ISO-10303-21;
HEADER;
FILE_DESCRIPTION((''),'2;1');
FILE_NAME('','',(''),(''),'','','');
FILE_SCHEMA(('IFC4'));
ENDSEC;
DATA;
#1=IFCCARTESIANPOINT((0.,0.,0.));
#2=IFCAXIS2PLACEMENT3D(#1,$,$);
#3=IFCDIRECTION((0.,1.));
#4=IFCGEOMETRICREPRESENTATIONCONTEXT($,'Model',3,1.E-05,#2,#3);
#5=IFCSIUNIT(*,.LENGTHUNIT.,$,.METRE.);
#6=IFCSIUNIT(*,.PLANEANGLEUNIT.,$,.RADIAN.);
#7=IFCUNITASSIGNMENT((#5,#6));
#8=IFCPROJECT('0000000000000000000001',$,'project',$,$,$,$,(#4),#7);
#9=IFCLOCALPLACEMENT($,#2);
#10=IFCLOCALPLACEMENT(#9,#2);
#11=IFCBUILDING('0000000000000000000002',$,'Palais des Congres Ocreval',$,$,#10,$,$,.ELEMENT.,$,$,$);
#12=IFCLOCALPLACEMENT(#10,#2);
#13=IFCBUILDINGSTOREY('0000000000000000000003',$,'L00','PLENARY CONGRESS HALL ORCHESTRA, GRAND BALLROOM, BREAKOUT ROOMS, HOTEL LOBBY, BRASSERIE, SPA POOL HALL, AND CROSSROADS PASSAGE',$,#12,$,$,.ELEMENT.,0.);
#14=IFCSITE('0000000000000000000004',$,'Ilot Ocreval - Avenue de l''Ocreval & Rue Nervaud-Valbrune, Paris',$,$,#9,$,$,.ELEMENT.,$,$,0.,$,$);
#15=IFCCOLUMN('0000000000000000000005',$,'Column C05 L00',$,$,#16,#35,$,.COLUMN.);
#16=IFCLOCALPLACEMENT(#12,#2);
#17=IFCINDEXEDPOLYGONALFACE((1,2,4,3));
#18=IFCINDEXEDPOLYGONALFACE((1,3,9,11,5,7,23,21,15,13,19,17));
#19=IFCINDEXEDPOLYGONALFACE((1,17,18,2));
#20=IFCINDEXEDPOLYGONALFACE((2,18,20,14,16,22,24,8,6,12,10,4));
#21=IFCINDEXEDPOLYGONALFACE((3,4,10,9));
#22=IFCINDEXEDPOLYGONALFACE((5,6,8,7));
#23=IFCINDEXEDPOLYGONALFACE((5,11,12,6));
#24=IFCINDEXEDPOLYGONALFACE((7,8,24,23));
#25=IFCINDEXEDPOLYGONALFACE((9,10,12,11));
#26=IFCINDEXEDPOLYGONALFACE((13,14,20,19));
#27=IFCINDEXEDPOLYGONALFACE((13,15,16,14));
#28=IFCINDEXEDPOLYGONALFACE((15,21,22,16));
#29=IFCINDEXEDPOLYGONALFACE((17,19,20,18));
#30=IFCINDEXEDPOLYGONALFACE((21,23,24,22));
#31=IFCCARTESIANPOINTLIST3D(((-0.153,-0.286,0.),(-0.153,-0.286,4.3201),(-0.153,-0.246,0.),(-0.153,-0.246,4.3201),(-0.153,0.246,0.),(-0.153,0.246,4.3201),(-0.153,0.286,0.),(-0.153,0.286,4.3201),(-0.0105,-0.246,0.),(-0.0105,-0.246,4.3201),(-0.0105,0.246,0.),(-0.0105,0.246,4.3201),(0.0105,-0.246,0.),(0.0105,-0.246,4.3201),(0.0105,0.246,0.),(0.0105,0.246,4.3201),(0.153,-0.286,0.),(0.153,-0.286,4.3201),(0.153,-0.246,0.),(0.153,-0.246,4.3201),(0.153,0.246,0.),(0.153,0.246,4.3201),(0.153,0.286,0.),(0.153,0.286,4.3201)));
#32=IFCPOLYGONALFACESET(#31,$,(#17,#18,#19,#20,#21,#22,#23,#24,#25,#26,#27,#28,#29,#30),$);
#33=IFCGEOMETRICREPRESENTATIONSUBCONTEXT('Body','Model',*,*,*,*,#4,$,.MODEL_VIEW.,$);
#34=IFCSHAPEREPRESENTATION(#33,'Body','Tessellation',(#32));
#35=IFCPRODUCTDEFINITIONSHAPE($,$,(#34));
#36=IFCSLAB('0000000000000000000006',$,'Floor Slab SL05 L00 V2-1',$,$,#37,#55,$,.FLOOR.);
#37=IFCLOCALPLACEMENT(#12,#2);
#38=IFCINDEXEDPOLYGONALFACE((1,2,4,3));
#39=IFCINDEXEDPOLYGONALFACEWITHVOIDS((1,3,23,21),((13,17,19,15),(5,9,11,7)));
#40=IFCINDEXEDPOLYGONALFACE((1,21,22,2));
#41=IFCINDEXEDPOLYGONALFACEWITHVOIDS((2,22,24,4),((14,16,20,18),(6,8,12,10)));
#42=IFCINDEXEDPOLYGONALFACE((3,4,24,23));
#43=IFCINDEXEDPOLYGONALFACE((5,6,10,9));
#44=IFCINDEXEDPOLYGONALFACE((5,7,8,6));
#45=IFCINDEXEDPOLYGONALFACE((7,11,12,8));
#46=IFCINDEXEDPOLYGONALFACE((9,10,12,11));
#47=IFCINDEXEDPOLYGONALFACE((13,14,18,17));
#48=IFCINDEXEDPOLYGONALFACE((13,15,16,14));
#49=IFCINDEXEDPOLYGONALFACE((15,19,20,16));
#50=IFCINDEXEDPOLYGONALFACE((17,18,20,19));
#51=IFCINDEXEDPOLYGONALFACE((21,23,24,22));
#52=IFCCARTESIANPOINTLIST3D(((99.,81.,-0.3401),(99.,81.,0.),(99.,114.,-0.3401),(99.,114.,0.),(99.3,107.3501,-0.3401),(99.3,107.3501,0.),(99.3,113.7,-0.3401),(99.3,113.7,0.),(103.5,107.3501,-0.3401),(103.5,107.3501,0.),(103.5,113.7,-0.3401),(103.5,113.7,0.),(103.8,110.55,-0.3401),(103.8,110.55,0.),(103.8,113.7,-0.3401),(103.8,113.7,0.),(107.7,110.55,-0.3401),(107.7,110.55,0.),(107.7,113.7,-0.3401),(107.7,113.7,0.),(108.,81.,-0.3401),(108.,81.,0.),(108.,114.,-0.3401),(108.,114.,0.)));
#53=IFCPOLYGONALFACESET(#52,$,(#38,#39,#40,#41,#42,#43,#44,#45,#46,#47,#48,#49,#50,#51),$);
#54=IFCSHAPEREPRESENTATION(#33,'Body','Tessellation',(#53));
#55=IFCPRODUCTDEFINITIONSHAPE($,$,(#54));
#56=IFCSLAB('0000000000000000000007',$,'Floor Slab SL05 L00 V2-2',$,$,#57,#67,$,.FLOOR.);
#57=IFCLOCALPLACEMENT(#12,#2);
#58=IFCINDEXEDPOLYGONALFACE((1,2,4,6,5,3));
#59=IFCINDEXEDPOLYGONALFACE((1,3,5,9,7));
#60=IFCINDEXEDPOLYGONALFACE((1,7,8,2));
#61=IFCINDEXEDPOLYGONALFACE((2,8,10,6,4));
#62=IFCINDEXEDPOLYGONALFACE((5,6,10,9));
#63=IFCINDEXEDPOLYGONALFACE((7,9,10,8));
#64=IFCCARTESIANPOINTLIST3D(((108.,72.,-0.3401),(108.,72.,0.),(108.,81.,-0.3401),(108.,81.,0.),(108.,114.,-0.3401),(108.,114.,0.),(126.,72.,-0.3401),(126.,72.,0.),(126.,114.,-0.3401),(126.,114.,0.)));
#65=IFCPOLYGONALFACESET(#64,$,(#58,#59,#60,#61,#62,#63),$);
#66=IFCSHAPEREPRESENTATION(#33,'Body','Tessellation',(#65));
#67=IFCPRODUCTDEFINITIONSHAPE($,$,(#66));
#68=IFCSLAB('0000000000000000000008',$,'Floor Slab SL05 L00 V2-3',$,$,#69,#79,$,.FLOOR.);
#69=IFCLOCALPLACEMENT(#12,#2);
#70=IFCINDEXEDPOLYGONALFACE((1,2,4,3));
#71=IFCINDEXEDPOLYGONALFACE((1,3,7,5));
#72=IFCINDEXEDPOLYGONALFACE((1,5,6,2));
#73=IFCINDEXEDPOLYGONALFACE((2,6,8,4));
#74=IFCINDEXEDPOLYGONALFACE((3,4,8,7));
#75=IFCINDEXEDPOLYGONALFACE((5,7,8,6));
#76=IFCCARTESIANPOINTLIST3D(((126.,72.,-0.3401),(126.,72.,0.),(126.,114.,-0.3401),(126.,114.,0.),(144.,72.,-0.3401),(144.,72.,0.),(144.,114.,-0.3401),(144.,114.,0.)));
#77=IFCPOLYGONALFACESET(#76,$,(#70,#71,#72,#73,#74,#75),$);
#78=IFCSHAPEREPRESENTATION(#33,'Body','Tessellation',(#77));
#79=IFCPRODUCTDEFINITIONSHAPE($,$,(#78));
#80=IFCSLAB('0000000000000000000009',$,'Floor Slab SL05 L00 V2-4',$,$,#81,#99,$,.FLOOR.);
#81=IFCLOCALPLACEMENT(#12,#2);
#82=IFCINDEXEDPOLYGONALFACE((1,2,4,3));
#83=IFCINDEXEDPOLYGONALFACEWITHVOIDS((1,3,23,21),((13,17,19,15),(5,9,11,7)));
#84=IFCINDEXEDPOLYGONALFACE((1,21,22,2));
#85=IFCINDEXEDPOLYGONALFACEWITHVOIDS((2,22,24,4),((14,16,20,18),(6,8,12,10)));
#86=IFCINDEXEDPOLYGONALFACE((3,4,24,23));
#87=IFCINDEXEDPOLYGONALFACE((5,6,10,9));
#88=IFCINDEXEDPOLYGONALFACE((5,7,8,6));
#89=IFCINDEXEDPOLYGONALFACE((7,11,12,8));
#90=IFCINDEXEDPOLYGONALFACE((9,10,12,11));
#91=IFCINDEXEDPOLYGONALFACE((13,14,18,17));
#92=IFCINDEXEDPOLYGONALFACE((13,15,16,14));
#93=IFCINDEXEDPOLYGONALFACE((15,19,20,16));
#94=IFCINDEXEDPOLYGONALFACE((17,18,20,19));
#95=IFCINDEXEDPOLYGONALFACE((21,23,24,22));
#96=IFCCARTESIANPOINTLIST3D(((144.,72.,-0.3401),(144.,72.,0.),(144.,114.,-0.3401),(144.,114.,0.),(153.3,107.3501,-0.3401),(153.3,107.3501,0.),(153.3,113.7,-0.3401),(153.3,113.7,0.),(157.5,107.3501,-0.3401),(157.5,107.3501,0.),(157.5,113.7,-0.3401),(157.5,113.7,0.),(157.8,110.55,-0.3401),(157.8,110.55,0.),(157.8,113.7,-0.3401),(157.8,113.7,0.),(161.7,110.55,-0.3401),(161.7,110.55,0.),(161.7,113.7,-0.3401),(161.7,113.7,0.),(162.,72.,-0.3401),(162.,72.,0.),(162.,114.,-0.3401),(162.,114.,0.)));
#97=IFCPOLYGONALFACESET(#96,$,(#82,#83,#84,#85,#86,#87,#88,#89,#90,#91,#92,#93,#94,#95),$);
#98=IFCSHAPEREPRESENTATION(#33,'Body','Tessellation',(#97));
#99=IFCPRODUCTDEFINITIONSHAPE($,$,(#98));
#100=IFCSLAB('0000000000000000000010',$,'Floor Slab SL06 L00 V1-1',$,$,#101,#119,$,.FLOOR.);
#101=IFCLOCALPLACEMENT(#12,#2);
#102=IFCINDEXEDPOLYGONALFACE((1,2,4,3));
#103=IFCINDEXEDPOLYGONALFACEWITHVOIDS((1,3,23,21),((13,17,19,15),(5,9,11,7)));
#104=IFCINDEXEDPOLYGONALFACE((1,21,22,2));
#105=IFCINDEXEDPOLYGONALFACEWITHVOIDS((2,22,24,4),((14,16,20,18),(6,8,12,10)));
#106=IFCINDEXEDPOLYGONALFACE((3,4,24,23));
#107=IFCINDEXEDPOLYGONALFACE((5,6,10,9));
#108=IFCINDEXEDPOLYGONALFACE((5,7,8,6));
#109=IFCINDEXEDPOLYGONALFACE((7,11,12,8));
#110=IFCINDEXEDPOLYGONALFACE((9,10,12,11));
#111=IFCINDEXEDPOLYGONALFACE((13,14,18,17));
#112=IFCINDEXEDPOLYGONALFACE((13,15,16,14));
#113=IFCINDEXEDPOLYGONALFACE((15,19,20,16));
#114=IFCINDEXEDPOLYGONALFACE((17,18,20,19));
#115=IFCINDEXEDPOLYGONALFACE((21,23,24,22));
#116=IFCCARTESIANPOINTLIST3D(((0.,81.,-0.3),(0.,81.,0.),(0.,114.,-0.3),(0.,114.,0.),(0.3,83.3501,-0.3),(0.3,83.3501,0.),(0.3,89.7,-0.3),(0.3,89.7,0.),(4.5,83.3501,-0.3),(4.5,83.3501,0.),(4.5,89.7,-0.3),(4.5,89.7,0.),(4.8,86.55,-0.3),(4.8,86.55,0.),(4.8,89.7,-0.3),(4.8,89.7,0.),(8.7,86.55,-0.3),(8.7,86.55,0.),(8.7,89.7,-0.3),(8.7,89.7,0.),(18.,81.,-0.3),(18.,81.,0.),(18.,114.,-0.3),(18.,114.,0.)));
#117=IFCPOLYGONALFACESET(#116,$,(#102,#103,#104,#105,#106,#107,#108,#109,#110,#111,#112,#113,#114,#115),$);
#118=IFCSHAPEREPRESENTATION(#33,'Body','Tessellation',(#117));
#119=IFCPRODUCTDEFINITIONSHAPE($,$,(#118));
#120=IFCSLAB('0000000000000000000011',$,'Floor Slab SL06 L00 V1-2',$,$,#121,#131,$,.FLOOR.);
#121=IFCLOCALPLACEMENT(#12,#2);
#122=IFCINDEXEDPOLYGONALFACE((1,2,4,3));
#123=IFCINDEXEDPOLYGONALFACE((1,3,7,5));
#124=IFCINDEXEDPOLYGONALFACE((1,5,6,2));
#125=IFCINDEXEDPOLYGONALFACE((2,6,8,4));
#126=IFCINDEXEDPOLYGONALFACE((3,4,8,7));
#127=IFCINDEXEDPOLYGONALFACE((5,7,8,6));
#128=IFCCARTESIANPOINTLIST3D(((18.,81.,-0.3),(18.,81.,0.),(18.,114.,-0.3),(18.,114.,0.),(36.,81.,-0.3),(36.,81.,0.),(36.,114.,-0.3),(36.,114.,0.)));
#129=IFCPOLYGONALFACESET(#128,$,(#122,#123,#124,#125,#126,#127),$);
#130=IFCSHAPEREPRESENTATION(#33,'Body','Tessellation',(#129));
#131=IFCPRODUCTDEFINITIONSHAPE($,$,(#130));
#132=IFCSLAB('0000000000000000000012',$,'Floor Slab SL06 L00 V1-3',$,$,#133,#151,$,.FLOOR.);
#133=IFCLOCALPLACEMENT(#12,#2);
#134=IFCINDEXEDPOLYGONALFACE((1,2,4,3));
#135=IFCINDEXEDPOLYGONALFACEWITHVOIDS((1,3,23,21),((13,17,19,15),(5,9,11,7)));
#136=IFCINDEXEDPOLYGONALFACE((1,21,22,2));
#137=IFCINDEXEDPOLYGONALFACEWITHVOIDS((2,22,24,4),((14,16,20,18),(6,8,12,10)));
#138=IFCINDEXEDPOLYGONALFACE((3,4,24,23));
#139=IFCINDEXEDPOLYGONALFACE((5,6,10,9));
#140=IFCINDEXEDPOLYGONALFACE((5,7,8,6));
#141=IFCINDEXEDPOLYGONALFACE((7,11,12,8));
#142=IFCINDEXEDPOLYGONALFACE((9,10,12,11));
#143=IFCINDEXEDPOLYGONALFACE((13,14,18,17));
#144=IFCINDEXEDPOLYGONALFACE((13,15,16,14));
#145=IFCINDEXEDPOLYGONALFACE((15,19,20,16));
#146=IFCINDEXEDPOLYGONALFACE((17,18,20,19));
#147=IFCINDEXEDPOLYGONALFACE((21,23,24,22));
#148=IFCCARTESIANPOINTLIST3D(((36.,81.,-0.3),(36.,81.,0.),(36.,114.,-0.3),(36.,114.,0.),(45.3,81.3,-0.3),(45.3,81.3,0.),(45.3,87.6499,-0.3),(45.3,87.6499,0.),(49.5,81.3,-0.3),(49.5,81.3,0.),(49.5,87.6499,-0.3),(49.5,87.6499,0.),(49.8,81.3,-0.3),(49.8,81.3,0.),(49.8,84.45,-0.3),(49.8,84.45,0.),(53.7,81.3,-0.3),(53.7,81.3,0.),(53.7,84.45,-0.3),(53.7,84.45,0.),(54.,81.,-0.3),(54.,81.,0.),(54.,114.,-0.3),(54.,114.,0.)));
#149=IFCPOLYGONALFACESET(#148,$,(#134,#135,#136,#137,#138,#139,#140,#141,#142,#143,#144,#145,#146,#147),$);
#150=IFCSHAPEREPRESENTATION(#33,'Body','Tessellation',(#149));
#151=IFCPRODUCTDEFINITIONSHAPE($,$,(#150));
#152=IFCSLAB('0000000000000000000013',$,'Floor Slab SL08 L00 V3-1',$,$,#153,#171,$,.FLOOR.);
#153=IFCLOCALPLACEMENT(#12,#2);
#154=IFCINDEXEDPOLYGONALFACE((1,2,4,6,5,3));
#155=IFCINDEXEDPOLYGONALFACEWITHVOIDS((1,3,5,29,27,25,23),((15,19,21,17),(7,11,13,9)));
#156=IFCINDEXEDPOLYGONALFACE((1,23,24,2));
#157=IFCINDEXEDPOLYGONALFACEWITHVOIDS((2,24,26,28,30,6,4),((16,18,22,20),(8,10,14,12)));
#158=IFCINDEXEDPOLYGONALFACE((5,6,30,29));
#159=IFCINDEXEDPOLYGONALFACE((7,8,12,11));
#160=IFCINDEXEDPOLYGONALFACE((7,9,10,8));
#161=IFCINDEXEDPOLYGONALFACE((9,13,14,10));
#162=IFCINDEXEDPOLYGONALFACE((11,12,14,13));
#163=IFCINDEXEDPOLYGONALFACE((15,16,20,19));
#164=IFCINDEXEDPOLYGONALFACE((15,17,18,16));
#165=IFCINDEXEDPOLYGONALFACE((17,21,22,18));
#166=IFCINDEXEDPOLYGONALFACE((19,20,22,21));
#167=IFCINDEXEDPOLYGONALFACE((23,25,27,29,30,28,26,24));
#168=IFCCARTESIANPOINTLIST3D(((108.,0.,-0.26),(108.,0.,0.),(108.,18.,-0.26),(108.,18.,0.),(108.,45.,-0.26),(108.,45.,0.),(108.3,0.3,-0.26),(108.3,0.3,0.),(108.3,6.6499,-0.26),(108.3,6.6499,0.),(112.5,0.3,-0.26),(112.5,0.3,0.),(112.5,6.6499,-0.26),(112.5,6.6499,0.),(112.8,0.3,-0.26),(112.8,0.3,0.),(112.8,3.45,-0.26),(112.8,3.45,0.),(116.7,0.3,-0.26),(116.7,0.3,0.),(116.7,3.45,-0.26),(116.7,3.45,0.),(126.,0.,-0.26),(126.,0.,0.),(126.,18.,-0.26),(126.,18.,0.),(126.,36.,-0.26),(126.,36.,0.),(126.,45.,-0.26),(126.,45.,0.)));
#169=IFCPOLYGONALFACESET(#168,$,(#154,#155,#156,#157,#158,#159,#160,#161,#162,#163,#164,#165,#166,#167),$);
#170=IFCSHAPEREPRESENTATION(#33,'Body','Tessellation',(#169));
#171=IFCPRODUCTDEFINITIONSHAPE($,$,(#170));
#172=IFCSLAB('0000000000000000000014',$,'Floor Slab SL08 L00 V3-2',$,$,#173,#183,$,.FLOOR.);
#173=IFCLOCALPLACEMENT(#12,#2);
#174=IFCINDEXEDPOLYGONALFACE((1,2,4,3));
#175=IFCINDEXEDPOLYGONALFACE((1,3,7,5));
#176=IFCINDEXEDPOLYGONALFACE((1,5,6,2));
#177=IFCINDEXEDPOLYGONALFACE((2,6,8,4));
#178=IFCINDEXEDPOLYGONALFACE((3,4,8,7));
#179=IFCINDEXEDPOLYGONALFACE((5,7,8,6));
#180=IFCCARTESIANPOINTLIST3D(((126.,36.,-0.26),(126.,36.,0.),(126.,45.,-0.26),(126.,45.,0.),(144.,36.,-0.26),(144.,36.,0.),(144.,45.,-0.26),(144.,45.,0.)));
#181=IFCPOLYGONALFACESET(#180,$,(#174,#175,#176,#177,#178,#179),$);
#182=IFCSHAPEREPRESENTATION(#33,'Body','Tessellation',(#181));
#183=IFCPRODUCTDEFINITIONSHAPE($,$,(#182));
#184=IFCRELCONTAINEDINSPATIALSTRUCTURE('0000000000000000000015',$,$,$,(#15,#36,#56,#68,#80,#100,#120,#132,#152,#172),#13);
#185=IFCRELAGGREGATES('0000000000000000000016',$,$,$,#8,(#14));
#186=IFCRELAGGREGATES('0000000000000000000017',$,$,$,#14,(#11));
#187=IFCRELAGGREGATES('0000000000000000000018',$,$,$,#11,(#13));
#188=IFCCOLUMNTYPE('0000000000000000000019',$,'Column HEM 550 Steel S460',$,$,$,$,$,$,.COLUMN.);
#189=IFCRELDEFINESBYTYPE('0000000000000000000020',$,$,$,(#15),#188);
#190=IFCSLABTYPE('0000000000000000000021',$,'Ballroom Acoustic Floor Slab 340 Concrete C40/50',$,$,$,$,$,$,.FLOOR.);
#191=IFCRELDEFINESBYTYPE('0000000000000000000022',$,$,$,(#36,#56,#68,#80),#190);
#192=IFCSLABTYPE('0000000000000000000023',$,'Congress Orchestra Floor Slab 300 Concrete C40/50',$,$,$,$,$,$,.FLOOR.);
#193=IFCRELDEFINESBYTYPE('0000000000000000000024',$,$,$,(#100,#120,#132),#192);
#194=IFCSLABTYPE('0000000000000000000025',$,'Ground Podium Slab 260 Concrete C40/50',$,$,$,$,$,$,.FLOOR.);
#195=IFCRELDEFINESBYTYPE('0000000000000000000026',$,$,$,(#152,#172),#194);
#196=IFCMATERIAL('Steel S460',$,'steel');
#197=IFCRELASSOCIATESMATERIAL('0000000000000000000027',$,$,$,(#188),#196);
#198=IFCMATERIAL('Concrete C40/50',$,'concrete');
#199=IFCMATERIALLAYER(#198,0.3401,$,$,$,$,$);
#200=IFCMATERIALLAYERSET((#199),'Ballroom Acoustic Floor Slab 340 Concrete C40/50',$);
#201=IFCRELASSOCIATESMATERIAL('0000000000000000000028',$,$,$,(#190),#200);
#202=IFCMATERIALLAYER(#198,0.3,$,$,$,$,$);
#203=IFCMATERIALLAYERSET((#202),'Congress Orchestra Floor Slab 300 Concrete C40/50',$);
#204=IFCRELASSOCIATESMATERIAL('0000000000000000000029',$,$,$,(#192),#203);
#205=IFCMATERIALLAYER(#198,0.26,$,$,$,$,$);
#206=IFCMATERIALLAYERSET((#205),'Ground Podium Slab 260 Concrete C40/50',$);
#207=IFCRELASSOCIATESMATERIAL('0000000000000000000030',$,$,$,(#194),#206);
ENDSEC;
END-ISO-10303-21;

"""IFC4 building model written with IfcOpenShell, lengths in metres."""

from ifc_helpers import new_model, si_unit, direction, frame, origin, origin_with_axes, origin_2d, place, context, subcontext, project, spatial, polyline, i_section, outline, extrude, material, layer, layer_set, material_profile, profile_set, type_object, element, save


model = new_model("IFC4")

# Units and contexts
model_context = context("Model", 3, precision=1e-05, world=origin(), true_north=direction((0.0, 1.0)))
body_context = subcontext(model_context, "Body", "Model", "MODEL_VIEW")
ifc_project = project(units=[si_unit("LENGTHUNIT", "METRE"), si_unit("PLANEANGLEUNIT", "RADIAN")], contexts=[model_context])

# Site, building, storey
site_placement = place(None, origin())
site = spatial("IfcSite", under=ifc_project, at=site_placement, Name="Ilot Ocreval - Avenue de l'Ocreval & Rue Nervaud-Valbrune, Paris", CompositionType="ELEMENT", RefElevation=0.0)
building_placement = place(site_placement, origin())
building = spatial("IfcBuilding", under=site, at=building_placement, Name="Palais des Congres Ocreval", CompositionType="ELEMENT")
storey_placement = place(building_placement, origin())
storey = spatial("IfcBuildingStorey", under=building, at=storey_placement, Name="L00", Description="PLENARY CONGRESS HALL ORCHESTRA, GRAND BALLROOM, BREAKOUT ROOMS, HOTEL LOBBY, BRASSERIE, SPA POOL HALL, AND CROSSROADS PASSAGE", CompositionType="ELEMENT", Elevation=0.0)

# Column
ifc_material_1 = material(Name="Steel S460", Category="steel")
ifc_material_profile = material_profile(ifc_material_1, i_section(OverallWidth=0.3059, OverallDepth=0.572, WebThickness=0.021, FlangeThickness=0.04, at=origin_2d()), Name="HEM 550")
ifc_profile_set = profile_set([ifc_material_profile], Name="Steel S460")
column_type = type_object("IfcColumnType", Name="Column HEM 550 Steel S460", PredefinedType="COLUMN", material=ifc_profile_set)
column_placement = place(storey_placement, origin_with_axes())
element("IfcColumn", 1, at=column_placement, inside=storey, type_object=column_type, Name="Column C05 L00", PredefinedType="COLUMN", context=body_context, shape_type="SweptSolid", body=[
    extrude(i_section(OverallWidth=0.3059, OverallDepth=0.572, WebThickness=0.021, FlangeThickness=0.04, at=origin_2d()), origin(), (0.0, 0.0, 1.0), 4.3201),
])

# Slabs
ifc_material_2 = material(Name="Concrete C40/50", Category="concrete")
ifc_layer_1 = layer(ifc_material_2, 0.3401)
ifc_layer_set_1 = layer_set([ifc_layer_1], Name="Ballroom Acoustic Floor Slab 340 Concrete C40/50")
slab_type_1 = type_object("IfcSlabType", Name="Ballroom Acoustic Floor Slab 340 Concrete C40/50", PredefinedType="FLOOR", material=ifc_layer_set_1)
slab_1_placement = place(storey_placement, frame((0.0, 0.0, -0.3401)))
element("IfcSlab", 2, at=slab_1_placement, inside=storey, type_object=slab_type_1, Name="Floor Slab SL05 L00 V2-1", PredefinedType="FLOOR", context=body_context, shape_type="SweptSolid", body=[
    extrude(outline(polyline([(99.0, 81.0), (99.0, 114.0), (108.0, 114.0), (108.0, 81.0), (99.0, 81.0)]), holes=[polyline([(103.5, 113.7), (99.3, 113.7), (99.3, 107.3501), (103.5, 107.3501), (103.5, 113.7)]), polyline([(107.7, 113.7), (103.8, 113.7), (103.8, 110.55), (107.7, 110.55), (107.7, 113.7)])]), origin(), (0.0, 0.0, 1.0), 0.3401),
])
slab_2_placement = place(storey_placement, frame((0.0, 0.0, -0.3401)))
element("IfcSlab", 3, at=slab_2_placement, inside=storey, type_object=slab_type_1, Name="Floor Slab SL05 L00 V2-2", PredefinedType="FLOOR", context=body_context, shape_type="SweptSolid", body=[
    extrude(outline(polyline([(108.0, 72.0), (108.0, 81.0), (108.0, 114.0), (126.0, 114.0), (126.0, 72.0), (108.0, 72.0)])), origin(), (0.0, 0.0, 1.0), 0.3401),
])
slab_3_placement = place(storey_placement, frame((0.0, 0.0, -0.3401)))
element("IfcSlab", 4, at=slab_3_placement, inside=storey, type_object=slab_type_1, Name="Floor Slab SL05 L00 V2-3", PredefinedType="FLOOR", context=body_context, shape_type="SweptSolid", body=[
    extrude(outline(polyline([(126.0, 72.0), (126.0, 114.0), (144.0, 114.0), (144.0, 72.0), (126.0, 72.0)])), origin(), (0.0, 0.0, 1.0), 0.3401),
])
slab_4_placement = place(storey_placement, frame((0.0, 0.0, -0.3401)))
element("IfcSlab", 5, at=slab_4_placement, inside=storey, type_object=slab_type_1, Name="Floor Slab SL05 L00 V2-4", PredefinedType="FLOOR", context=body_context, shape_type="SweptSolid", body=[
    extrude(outline(polyline([(144.0, 72.0), (144.0, 114.0), (162.0, 114.0), (162.0, 72.0), (144.0, 72.0)]), holes=[polyline([(153.3, 113.7), (153.3, 107.3501), (157.5, 107.3501), (157.5, 113.7), (153.3, 113.7)]), polyline([(161.7, 113.7), (157.8, 113.7), (157.8, 110.55), (161.7, 110.55), (161.7, 113.7)])]), origin(), (0.0, 0.0, 1.0), 0.3401),
])
ifc_layer_2 = layer(ifc_material_2, 0.3)
ifc_layer_set_2 = layer_set([ifc_layer_2], Name="Congress Orchestra Floor Slab 300 Concrete C40/50")
slab_type_2 = type_object("IfcSlabType", Name="Congress Orchestra Floor Slab 300 Concrete C40/50", PredefinedType="FLOOR", material=ifc_layer_set_2)
slab_5_placement = place(storey_placement, frame((0.0, 0.0, -0.3)))
element("IfcSlab", 6, at=slab_5_placement, inside=storey, type_object=slab_type_2, Name="Floor Slab SL06 L00 V1-1", PredefinedType="FLOOR", context=body_context, shape_type="SweptSolid", body=[
    extrude(outline(polyline([(0.0, 114.0), (18.0, 114.0), (18.0, 81.0), (0.0, 81.0), (0.0, 114.0)]), holes=[polyline([(4.5, 89.7), (0.3, 89.7), (0.3, 83.3501), (4.5, 83.3501), (4.5, 89.7)]), polyline([(4.8, 89.7), (4.8, 86.55), (8.7, 86.55), (8.7, 89.7), (4.8, 89.7)])]), origin(), (0.0, 0.0, 1.0), 0.3),
])
slab_6_placement = place(storey_placement, frame((0.0, 0.0, -0.3)))
element("IfcSlab", 7, at=slab_6_placement, inside=storey, type_object=slab_type_2, Name="Floor Slab SL06 L00 V1-2", PredefinedType="FLOOR", context=body_context, shape_type="SweptSolid", body=[
    extrude(outline(polyline([(36.0, 114.0), (36.0, 81.0), (18.0, 81.0), (18.0, 114.0), (36.0, 114.0)])), origin(), (0.0, 0.0, 1.0), 0.3),
])
slab_7_placement = place(storey_placement, frame((0.0, 0.0, -0.3)))
element("IfcSlab", 8, at=slab_7_placement, inside=storey, type_object=slab_type_2, Name="Floor Slab SL06 L00 V1-3", PredefinedType="FLOOR", context=body_context, shape_type="SweptSolid", body=[
    extrude(outline(polyline([(54.0, 114.0), (54.0, 81.0), (36.0, 81.0), (36.0, 114.0), (54.0, 114.0)]), holes=[polyline([(49.8, 84.45), (49.8, 81.3), (53.7, 81.3), (53.7, 84.45), (49.8, 84.45)]), polyline([(49.5, 87.6499), (45.3, 87.6499), (45.3, 81.3), (49.5, 81.3), (49.5, 87.6499)])]), origin(), (0.0, 0.0, 1.0), 0.3),
])
ifc_layer_3 = layer(ifc_material_2, 0.26)
ifc_layer_set_3 = layer_set([ifc_layer_3], Name="Ground Podium Slab 260 Concrete C40/50")
slab_type_3 = type_object("IfcSlabType", Name="Ground Podium Slab 260 Concrete C40/50", PredefinedType="FLOOR", material=ifc_layer_set_3)
slab_8_placement = place(storey_placement, frame((0.0, 0.0, -0.26)))
element("IfcSlab", 9, at=slab_8_placement, inside=storey, type_object=slab_type_3, Name="Floor Slab SL08 L00 V3-1", PredefinedType="FLOOR", context=body_context, shape_type="SweptSolid", body=[
    extrude(outline(polyline([(108.0, 18.0), (108.0, 45.0), (126.0, 45.0), (126.0, 36.0), (126.0, 18.0), (126.0, 0.0), (108.0, 0.0), (108.0, 18.0)]), holes=[polyline([(112.8, 3.45), (112.8, 0.3), (116.7, 0.3), (116.7, 3.45), (112.8, 3.45)]), polyline([(112.5, 6.6499), (108.3, 6.6499), (108.3, 0.3), (112.5, 0.3), (112.5, 6.6499)])]), origin(), (0.0, 0.0, 1.0), 0.26),
])
slab_9_placement = place(storey_placement, frame((0.0, 0.0, -0.26)))
element("IfcSlab", 10, at=slab_9_placement, inside=storey, type_object=slab_type_3, Name="Floor Slab SL08 L00 V3-2", PredefinedType="FLOOR", context=body_context, shape_type="SweptSolid", body=[
    extrude(outline(polyline([(144.0, 45.0), (144.0, 36.0), (126.0, 36.0), (126.0, 45.0), (144.0, 45.0)])), origin(), (0.0, 0.0, 1.0), 0.26),
])

save(model, "model.ifc")
